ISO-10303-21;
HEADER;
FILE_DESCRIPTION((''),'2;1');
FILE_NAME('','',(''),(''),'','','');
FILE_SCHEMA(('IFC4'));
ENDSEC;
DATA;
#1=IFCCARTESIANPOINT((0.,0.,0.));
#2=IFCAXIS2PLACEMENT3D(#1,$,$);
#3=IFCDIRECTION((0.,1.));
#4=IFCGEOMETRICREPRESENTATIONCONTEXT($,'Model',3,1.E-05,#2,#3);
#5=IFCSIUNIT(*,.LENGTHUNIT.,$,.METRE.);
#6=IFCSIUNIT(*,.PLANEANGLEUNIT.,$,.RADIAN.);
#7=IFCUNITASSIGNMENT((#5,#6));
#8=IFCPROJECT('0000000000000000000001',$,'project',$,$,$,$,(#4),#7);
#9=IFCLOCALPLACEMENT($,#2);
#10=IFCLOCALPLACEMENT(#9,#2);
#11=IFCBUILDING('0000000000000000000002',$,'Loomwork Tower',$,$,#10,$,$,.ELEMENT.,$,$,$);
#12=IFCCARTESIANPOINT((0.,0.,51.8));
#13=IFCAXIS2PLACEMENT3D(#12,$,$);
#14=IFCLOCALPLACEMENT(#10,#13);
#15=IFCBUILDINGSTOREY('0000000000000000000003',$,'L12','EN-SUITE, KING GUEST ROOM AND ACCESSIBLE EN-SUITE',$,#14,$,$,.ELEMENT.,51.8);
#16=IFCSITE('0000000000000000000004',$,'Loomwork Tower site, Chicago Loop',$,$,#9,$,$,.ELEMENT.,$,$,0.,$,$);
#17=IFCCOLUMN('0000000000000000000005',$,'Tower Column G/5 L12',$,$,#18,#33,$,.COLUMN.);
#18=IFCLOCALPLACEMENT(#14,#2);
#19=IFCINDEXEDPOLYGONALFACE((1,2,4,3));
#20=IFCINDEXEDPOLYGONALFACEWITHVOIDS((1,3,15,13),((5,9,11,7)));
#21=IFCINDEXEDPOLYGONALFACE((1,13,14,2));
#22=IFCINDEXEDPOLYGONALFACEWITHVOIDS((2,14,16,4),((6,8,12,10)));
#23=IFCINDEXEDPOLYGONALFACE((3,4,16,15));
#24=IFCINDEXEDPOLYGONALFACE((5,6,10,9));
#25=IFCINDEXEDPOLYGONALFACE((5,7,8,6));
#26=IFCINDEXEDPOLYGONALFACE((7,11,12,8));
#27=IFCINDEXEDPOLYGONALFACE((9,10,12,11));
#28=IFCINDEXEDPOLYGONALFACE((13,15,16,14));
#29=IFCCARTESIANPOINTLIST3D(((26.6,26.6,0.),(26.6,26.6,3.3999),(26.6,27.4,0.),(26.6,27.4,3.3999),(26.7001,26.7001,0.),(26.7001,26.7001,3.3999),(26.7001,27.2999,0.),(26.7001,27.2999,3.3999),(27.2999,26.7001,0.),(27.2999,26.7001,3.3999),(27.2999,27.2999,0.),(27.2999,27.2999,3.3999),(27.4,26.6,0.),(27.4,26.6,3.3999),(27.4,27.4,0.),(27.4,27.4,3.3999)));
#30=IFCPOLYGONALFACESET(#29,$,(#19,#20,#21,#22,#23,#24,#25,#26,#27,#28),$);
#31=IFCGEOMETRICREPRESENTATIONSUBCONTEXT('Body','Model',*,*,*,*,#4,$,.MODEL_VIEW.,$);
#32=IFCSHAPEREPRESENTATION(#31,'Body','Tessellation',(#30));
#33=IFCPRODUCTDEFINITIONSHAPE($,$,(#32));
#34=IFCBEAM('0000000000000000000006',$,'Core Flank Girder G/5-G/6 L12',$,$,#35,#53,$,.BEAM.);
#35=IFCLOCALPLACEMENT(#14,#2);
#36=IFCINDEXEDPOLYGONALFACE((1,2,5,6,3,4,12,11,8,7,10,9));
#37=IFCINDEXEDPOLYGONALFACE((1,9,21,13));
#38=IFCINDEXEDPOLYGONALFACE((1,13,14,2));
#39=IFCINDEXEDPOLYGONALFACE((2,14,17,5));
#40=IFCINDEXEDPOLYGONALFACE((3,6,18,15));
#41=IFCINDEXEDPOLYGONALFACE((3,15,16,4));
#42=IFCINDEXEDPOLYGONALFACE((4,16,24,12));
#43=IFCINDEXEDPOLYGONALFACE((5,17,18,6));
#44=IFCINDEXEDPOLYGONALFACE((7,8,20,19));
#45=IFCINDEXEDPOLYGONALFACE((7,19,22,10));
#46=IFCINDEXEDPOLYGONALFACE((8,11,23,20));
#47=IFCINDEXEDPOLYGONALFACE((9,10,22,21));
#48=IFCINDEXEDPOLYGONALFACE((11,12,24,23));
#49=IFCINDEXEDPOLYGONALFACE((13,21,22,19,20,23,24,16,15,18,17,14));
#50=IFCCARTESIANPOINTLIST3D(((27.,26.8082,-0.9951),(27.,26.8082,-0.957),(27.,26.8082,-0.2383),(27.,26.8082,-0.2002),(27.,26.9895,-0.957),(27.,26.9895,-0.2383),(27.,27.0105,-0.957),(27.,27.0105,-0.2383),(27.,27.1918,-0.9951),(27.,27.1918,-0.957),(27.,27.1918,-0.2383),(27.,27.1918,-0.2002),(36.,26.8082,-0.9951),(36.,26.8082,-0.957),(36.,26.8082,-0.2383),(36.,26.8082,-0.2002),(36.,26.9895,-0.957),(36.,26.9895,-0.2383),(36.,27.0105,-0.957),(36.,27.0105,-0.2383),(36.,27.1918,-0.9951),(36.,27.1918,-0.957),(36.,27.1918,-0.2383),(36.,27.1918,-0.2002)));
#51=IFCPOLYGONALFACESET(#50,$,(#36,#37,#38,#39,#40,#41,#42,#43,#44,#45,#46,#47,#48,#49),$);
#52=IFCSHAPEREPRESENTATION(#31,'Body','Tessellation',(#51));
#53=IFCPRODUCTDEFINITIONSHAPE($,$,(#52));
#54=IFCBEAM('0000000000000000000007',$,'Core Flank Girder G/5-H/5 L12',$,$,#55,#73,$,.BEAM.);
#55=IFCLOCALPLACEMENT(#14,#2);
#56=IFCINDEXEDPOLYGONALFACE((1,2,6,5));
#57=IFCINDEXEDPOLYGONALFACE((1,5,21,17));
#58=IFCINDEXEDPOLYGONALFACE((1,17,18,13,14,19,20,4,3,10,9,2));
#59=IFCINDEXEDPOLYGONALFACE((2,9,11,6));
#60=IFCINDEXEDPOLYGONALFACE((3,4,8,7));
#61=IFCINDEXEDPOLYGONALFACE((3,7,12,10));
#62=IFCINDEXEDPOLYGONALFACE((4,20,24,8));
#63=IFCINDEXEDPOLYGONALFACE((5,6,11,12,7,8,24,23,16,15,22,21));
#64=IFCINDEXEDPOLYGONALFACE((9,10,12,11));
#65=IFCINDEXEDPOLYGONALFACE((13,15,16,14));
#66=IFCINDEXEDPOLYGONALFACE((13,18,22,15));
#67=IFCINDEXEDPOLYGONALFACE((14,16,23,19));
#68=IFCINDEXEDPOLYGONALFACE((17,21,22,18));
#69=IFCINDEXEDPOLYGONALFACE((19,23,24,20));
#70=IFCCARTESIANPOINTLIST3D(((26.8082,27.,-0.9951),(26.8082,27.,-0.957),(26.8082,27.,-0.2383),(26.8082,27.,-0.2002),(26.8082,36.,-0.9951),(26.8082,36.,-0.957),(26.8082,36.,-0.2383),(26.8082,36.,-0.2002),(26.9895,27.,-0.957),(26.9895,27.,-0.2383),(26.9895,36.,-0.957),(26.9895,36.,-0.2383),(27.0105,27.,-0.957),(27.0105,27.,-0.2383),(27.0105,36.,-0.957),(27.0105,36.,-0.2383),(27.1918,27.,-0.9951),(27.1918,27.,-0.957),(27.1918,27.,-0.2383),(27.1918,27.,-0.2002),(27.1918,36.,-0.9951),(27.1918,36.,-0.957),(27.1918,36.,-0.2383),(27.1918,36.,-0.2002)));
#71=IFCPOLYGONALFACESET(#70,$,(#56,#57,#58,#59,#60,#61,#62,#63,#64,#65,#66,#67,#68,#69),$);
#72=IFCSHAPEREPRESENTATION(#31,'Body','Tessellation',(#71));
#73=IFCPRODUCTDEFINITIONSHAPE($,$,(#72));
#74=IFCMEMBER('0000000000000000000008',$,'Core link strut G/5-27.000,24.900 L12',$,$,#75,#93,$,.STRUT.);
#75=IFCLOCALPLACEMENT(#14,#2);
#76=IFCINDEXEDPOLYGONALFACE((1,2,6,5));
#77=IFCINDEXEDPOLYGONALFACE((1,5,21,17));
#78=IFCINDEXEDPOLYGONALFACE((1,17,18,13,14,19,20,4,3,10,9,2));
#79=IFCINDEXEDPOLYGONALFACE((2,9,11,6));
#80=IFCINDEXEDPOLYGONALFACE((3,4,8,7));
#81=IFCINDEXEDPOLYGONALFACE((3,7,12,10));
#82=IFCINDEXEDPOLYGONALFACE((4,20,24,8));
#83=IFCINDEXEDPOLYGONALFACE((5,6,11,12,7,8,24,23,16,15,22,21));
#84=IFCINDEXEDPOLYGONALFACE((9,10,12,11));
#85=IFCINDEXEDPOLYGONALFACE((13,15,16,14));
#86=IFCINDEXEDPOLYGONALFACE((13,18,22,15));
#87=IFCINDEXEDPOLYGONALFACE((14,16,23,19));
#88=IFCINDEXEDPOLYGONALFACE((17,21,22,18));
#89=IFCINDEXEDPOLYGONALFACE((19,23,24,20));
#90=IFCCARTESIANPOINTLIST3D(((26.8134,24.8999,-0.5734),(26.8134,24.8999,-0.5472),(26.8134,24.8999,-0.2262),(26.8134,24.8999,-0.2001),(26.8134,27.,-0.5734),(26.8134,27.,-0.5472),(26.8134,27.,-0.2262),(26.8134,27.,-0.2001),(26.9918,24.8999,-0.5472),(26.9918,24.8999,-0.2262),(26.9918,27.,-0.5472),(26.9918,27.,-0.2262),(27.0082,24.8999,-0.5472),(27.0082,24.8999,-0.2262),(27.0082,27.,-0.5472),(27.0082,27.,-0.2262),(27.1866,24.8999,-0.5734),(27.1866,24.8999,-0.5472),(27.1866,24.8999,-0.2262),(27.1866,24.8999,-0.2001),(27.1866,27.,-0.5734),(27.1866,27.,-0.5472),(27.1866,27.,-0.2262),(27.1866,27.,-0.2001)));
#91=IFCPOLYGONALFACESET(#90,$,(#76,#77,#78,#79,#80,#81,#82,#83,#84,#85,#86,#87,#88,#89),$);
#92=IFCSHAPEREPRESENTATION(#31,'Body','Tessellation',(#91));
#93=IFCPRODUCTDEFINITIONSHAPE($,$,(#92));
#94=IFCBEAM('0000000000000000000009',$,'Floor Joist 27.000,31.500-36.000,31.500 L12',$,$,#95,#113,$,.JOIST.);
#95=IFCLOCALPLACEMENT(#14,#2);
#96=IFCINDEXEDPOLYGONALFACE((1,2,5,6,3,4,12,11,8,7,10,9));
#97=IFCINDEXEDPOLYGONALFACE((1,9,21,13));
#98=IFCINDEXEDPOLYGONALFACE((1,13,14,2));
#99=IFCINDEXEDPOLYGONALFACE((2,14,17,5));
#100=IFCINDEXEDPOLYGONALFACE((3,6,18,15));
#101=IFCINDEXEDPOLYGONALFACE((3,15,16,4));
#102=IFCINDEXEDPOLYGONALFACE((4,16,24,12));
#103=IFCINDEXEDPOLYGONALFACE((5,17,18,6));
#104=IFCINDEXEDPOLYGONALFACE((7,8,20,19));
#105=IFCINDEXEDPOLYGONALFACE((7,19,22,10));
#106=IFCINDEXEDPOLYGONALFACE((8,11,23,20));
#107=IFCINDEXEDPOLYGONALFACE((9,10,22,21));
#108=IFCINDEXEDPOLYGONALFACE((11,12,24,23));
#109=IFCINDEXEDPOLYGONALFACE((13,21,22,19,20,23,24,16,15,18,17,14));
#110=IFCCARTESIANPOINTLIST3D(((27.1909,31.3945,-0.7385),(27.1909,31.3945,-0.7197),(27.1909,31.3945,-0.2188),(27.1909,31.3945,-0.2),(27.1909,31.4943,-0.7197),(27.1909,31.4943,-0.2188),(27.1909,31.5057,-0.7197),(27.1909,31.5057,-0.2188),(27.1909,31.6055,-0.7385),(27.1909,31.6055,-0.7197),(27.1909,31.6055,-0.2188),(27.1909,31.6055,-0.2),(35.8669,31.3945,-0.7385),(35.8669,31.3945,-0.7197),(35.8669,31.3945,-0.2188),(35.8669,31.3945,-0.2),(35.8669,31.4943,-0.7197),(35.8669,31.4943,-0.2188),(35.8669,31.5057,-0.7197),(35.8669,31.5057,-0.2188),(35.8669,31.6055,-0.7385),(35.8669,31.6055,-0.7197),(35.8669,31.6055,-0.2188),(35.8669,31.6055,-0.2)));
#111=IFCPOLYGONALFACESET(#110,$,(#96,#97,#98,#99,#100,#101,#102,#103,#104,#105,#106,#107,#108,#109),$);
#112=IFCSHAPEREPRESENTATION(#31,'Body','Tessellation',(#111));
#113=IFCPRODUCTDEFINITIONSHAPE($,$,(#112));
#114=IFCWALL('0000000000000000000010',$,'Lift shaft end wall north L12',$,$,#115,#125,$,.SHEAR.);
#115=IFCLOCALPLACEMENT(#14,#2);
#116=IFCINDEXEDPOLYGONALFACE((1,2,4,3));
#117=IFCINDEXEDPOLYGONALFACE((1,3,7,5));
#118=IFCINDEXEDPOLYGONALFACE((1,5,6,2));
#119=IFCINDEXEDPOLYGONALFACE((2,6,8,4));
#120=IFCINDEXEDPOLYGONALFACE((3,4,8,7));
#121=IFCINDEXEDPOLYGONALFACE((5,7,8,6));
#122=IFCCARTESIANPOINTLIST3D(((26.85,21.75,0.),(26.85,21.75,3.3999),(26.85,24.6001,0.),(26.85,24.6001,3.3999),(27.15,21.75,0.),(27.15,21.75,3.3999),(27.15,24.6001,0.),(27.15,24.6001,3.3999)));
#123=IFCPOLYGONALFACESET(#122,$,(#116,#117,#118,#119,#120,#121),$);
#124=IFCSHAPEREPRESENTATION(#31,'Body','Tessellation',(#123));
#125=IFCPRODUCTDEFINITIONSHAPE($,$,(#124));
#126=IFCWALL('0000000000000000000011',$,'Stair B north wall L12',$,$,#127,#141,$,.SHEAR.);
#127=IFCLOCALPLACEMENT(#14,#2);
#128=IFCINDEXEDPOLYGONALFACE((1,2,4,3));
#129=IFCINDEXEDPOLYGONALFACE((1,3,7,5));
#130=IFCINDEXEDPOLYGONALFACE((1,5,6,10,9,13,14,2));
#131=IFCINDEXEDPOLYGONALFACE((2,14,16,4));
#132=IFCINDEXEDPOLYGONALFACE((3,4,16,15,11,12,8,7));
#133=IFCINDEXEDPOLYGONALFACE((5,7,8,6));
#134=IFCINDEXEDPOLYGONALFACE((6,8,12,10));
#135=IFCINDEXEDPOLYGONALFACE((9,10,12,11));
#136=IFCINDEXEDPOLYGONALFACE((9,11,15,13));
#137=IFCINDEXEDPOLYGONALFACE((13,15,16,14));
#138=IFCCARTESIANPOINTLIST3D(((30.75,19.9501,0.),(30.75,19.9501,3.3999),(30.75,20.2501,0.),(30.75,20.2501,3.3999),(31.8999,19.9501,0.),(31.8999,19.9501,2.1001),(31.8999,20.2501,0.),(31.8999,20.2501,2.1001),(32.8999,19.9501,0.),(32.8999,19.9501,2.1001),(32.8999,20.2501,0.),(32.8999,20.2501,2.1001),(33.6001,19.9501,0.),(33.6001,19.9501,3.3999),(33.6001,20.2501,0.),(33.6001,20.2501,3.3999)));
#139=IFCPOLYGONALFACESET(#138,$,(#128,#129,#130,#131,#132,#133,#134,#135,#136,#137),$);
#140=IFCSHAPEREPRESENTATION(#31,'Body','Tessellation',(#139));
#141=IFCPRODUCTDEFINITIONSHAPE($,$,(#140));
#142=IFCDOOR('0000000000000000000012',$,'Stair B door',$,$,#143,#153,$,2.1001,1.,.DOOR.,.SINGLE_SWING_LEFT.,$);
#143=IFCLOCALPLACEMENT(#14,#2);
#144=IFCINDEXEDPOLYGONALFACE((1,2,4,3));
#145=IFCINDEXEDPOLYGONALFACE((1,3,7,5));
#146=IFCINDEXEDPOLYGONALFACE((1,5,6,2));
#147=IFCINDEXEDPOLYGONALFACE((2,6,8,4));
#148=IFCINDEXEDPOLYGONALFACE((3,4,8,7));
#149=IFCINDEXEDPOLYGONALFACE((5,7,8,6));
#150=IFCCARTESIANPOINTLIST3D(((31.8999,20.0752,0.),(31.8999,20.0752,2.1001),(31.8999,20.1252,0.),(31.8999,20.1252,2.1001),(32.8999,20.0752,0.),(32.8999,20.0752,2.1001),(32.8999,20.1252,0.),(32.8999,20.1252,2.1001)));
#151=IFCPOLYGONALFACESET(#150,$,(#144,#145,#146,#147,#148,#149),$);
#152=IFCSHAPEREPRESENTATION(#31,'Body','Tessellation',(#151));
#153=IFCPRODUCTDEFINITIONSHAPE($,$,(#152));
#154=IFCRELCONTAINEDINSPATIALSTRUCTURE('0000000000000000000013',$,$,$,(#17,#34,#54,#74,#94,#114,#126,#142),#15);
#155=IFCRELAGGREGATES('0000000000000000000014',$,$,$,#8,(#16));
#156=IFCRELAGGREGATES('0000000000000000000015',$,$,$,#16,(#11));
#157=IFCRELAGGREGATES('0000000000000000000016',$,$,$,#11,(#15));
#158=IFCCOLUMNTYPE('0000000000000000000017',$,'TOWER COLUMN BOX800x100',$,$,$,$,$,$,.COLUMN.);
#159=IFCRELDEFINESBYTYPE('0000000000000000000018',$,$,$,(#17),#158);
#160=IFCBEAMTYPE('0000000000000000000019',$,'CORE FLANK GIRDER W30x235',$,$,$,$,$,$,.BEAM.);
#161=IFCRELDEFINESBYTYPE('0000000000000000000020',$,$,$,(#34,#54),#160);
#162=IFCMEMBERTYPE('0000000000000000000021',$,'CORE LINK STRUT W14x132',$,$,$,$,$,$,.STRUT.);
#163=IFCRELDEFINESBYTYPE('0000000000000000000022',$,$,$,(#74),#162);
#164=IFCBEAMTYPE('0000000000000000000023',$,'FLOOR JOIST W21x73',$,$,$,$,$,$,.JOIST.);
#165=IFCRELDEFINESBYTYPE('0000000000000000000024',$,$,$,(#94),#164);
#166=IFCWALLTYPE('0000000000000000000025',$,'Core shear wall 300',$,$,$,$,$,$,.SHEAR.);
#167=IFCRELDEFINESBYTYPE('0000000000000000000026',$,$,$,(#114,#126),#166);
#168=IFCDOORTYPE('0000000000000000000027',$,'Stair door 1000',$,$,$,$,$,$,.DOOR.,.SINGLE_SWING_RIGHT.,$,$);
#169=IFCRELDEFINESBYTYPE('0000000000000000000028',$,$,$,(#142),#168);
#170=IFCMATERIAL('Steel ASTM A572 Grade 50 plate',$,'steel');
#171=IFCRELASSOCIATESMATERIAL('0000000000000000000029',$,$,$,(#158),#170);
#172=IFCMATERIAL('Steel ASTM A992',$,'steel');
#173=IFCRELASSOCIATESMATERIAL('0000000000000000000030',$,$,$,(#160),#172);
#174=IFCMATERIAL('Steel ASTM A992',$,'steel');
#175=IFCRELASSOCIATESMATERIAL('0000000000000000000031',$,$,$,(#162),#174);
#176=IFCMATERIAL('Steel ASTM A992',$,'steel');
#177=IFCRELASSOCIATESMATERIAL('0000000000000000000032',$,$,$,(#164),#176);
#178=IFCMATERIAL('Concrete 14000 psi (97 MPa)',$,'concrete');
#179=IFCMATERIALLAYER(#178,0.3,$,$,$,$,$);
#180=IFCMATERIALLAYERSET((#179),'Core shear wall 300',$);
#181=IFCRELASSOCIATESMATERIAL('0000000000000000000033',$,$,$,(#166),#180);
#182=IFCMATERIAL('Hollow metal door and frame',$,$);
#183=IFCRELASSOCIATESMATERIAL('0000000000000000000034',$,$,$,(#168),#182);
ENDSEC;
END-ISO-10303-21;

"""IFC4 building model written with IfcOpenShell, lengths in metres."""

from ifc_helpers import new_model, si_unit, direction, frame, frame_2d, origin, origin_2d, place, context, subcontext, project, spatial, rectangle, hollow_rectangle, i_section, extrude, material, layer, layer_set, material_profile, profile_set, type_object, element, fill, save


model = new_model("IFC4")

# Units and contexts
model_context = context("Model", 3, precision=1e-05, world=origin(), true_north=direction((0.0, 1.0)))
body_context = subcontext(model_context, "Body", "Model", "MODEL_VIEW")
ifc_project = project(units=[si_unit("LENGTHUNIT", "METRE"), si_unit("PLANEANGLEUNIT", "RADIAN")], contexts=[model_context])

# Site, building, storey
site_placement = place(None, origin())
site = spatial("IfcSite", under=ifc_project, at=site_placement, Name="Loomwork Tower site, Chicago Loop", CompositionType="ELEMENT", RefElevation=0.0)
building_placement = place(site_placement, origin())
building = spatial("IfcBuilding", under=site, at=building_placement, Name="Loomwork Tower", CompositionType="ELEMENT")
storey_placement = place(building_placement, frame((0.0, 0.0, 51.8)))
storey = spatial("IfcBuildingStorey", under=building, at=storey_placement, Name="L12", Description="EN-SUITE, KING GUEST ROOM AND ACCESSIBLE EN-SUITE", CompositionType="ELEMENT", Elevation=51.8)

# Column
ifc_material_1 = material(Name="Steel ASTM A572 Grade 50 plate", Category="steel")
ifc_material_profile_1 = material_profile(ifc_material_1, hollow_rectangle(XDim=0.8, YDim=0.8, WallThickness=0.1001, at=origin_2d()), Name="BOX800x100")
ifc_profile_set_1 = profile_set([ifc_material_profile_1], Name="Steel ASTM A572 Grade 50 plate")
column_type = type_object("IfcColumnType", Name="TOWER COLUMN BOX800x100", PredefinedType="COLUMN", material=ifc_profile_set_1)
column_placement = place(storey_placement, frame((27.0, 27.0, 0.0), z_axis=(0.0, 0.0, 1.0), x_axis=(1.0, 0.0, 0.0)))
element("IfcColumn", 1, at=column_placement, inside=storey, type_object=column_type, Name="Tower Column G/5 L12", PredefinedType="COLUMN", context=body_context, shape_type="SweptSolid", body=[
    extrude(hollow_rectangle(XDim=0.8, YDim=0.8, WallThickness=0.1001, at=origin_2d()), origin(), (0.0, 0.0, 1.0), 3.3999),
])

# Beams
ifc_material_2 = material(Name="Steel ASTM A992", Category="steel")
ifc_material_profile_2 = material_profile(ifc_material_2, i_section(OverallWidth=0.3835, OverallDepth=0.7949, WebThickness=0.021, FlangeThickness=0.0381, at=origin_2d()), Name="W30x235")
ifc_profile_set_2 = profile_set([ifc_material_profile_2], Name="Steel ASTM A992")
beam_type_1 = type_object("IfcBeamType", Name="CORE FLANK GIRDER W30x235", PredefinedType="BEAM", material=ifc_profile_set_2)
for number, where, z_axis, x_axis, name in (
    (2, (27.0, 27.0, -0.5977), (1.0, 0.0, 0.0), (0.0, 1.0, 0.0), "Core Flank Girder G/5-G/6 L12"),
    (3, (27.0, 27.0, -0.5977), (0.0, 1.0, 0.0), (-1.0, 0.0, 0.0), "Core Flank Girder G/5-H/5 L12"),
):
    element("IfcBeam", number, at=place(storey_placement, frame(where, z_axis=z_axis, x_axis=x_axis)), inside=storey, type_object=beam_type_1, Name=name, PredefinedType="BEAM", context=body_context, shape_type="SweptSolid", body=[
        extrude(i_section(OverallWidth=0.3835, OverallDepth=0.7949, WebThickness=0.021, FlangeThickness=0.0381, at=origin_2d()), origin(), (0.0, 0.0, 1.0), 9.0),
    ])

# Member
ifc_material_3 = material(Name="Steel ASTM A992", Category="steel")
ifc_material_profile_3 = material_profile(ifc_material_3, i_section(OverallWidth=0.3733, OverallDepth=0.3733, WebThickness=0.0164, FlangeThickness=0.0261, at=origin_2d()), Name="W14x132")
ifc_profile_set_3 = profile_set([ifc_material_profile_3], Name="Steel ASTM A992")
member_type = type_object("IfcMemberType", Name="CORE LINK STRUT W14x132", PredefinedType="STRUT", material=ifc_profile_set_3)
member_placement = place(storey_placement, frame((27.0, 27.0, -0.3867), z_axis=(0.0, -1.0, 0.0), x_axis=(1.0, 0.0, 0.0)))
element("IfcMember", 4, at=member_placement, inside=storey, type_object=member_type, Name="Core link strut G/5-27.000,24.900 L12", PredefinedType="STRUT", context=body_context, shape_type="SweptSolid", body=[
    extrude(i_section(OverallWidth=0.3733, OverallDepth=0.3733, WebThickness=0.0164, FlangeThickness=0.0261, at=origin_2d()), origin(), (0.0, 0.0, 1.0), 2.1001),
])

# Beam
ifc_material_4 = material(Name="Steel ASTM A992", Category="steel")
ifc_material_profile_4 = material_profile(ifc_material_4, i_section(OverallWidth=0.2109, OverallDepth=0.5386, WebThickness=0.0115, FlangeThickness=0.0188, at=origin_2d()), Name="W21x73")
ifc_profile_set_4 = profile_set([ifc_material_profile_4], Name="Steel ASTM A992")
beam_type_2 = type_object("IfcBeamType", Name="FLOOR JOIST W21x73", PredefinedType="JOIST", material=ifc_profile_set_4)
beam_placement = place(storey_placement, frame((27.1909, 31.5, -0.4692), z_axis=(1.0, 0.0, 0.0), x_axis=(0.0, 1.0, 0.0)))
element("IfcBeam", 5, at=beam_placement, inside=storey, type_object=beam_type_2, Name="Floor Joist 27.000,31.500-36.000,31.500 L12", PredefinedType="JOIST", context=body_context, shape_type="SweptSolid", body=[
    extrude(i_section(OverallWidth=0.2109, OverallDepth=0.5386, WebThickness=0.0115, FlangeThickness=0.0188, at=origin_2d()), origin(), (0.0, 0.0, 1.0), 8.676),
])

# Wall
ifc_material_5 = material(Name="Concrete 14000 psi (97 MPa)", Category="concrete")
ifc_layer_1 = layer(ifc_material_5, 0.3)
ifc_layer_set_1 = layer_set([ifc_layer_1], Name="Core shear wall 300")
wall_type_1 = type_object("IfcWallType", Name="Core shear wall 300", PredefinedType="SHEAR", material=ifc_layer_set_1)
wall_1_placement = place(storey_placement, frame((27.0, 21.75, 0.0), z_axis=(0.0, 0.0, 1.0), x_axis=(0.0, 1.0, 0.0)))
element("IfcWall", 6, at=wall_1_placement, inside=storey, type_object=wall_type_1, Name="Lift shaft end wall north L12", PredefinedType="SHEAR", context=body_context, shape_type="SweptSolid", body=[
    extrude(rectangle(XDim=2.8501, YDim=0.3, at=frame_2d((1.425, 0.0))), origin(), (0.0, 0.0, 1.0), 3.3999),
])

# Wall, opening, door
wall_2_placement = place(storey_placement, frame((30.75, 20.1001, 0.0), z_axis=(0.0, 0.0, 1.0), x_axis=(1.0, 0.0, 0.0)))
wall_2 = element("IfcWall", 7, at=wall_2_placement, inside=storey, type_object=wall_type_1, Name="Stair B north wall L12", PredefinedType="SHEAR", context=body_context, shape_type="SweptSolid", body=[
    extrude(rectangle(XDim=2.8501, YDim=0.3, at=frame_2d((1.425, 0.0))), origin(), (0.0, 0.0, 1.0), 3.3999),
])
opening_1_placement = place(wall_2_placement, frame((1.1499, 0.0, 0.0)))
opening_1 = element("IfcOpeningElement", 8, at=opening_1_placement, cuts=wall_2, PredefinedType="OPENING", context=body_context, shape_type="SweptSolid", body=[
    extrude(rectangle(XDim=1.0, YDim=2.1001, at=frame_2d((0.5, 1.05))), frame((0.0, 0.1599, 0.0), z_axis=(0.0, -1.0, 0.0), x_axis=(1.0, 0.0, 0.0)), (0.0, 0.0, 1.0), 0.3201),
])
ifc_material_6 = material(Name="Hollow metal door and frame")
door_type_1 = type_object("IfcDoorType", Name="Stair door 1000", OperationType="SINGLE_SWING_RIGHT", PredefinedType="DOOR", material=ifc_material_6)
door_1_placement = place(opening_1_placement, frame((1.0, 0.0, 0.0), z_axis=(0.0, 0.0, 1.0), x_axis=(-1.0, 0.0, 0.0)))
door_1 = element("IfcDoor", 9, at=door_1_placement, inside=storey, type_object=door_type_1, Name="Stair B door", OperationType="SINGLE_SWING_LEFT", OverallHeight=2.1001, OverallWidth=1.0, PredefinedType="DOOR", context=body_context, shape_type="SweptSolid", body=[
    extrude(rectangle(XDim=1.0, YDim=2.1001, at=frame_2d((0.5, 1.05))), frame((0.0, 0.0249, 0.0), z_axis=(0.0, -1.0, 0.0), x_axis=(1.0, 0.0, 0.0)), (0.0, 0.0, 1.0), 0.05),
])
fill(opening_1, door_1)

save(model, "model.ifc")
